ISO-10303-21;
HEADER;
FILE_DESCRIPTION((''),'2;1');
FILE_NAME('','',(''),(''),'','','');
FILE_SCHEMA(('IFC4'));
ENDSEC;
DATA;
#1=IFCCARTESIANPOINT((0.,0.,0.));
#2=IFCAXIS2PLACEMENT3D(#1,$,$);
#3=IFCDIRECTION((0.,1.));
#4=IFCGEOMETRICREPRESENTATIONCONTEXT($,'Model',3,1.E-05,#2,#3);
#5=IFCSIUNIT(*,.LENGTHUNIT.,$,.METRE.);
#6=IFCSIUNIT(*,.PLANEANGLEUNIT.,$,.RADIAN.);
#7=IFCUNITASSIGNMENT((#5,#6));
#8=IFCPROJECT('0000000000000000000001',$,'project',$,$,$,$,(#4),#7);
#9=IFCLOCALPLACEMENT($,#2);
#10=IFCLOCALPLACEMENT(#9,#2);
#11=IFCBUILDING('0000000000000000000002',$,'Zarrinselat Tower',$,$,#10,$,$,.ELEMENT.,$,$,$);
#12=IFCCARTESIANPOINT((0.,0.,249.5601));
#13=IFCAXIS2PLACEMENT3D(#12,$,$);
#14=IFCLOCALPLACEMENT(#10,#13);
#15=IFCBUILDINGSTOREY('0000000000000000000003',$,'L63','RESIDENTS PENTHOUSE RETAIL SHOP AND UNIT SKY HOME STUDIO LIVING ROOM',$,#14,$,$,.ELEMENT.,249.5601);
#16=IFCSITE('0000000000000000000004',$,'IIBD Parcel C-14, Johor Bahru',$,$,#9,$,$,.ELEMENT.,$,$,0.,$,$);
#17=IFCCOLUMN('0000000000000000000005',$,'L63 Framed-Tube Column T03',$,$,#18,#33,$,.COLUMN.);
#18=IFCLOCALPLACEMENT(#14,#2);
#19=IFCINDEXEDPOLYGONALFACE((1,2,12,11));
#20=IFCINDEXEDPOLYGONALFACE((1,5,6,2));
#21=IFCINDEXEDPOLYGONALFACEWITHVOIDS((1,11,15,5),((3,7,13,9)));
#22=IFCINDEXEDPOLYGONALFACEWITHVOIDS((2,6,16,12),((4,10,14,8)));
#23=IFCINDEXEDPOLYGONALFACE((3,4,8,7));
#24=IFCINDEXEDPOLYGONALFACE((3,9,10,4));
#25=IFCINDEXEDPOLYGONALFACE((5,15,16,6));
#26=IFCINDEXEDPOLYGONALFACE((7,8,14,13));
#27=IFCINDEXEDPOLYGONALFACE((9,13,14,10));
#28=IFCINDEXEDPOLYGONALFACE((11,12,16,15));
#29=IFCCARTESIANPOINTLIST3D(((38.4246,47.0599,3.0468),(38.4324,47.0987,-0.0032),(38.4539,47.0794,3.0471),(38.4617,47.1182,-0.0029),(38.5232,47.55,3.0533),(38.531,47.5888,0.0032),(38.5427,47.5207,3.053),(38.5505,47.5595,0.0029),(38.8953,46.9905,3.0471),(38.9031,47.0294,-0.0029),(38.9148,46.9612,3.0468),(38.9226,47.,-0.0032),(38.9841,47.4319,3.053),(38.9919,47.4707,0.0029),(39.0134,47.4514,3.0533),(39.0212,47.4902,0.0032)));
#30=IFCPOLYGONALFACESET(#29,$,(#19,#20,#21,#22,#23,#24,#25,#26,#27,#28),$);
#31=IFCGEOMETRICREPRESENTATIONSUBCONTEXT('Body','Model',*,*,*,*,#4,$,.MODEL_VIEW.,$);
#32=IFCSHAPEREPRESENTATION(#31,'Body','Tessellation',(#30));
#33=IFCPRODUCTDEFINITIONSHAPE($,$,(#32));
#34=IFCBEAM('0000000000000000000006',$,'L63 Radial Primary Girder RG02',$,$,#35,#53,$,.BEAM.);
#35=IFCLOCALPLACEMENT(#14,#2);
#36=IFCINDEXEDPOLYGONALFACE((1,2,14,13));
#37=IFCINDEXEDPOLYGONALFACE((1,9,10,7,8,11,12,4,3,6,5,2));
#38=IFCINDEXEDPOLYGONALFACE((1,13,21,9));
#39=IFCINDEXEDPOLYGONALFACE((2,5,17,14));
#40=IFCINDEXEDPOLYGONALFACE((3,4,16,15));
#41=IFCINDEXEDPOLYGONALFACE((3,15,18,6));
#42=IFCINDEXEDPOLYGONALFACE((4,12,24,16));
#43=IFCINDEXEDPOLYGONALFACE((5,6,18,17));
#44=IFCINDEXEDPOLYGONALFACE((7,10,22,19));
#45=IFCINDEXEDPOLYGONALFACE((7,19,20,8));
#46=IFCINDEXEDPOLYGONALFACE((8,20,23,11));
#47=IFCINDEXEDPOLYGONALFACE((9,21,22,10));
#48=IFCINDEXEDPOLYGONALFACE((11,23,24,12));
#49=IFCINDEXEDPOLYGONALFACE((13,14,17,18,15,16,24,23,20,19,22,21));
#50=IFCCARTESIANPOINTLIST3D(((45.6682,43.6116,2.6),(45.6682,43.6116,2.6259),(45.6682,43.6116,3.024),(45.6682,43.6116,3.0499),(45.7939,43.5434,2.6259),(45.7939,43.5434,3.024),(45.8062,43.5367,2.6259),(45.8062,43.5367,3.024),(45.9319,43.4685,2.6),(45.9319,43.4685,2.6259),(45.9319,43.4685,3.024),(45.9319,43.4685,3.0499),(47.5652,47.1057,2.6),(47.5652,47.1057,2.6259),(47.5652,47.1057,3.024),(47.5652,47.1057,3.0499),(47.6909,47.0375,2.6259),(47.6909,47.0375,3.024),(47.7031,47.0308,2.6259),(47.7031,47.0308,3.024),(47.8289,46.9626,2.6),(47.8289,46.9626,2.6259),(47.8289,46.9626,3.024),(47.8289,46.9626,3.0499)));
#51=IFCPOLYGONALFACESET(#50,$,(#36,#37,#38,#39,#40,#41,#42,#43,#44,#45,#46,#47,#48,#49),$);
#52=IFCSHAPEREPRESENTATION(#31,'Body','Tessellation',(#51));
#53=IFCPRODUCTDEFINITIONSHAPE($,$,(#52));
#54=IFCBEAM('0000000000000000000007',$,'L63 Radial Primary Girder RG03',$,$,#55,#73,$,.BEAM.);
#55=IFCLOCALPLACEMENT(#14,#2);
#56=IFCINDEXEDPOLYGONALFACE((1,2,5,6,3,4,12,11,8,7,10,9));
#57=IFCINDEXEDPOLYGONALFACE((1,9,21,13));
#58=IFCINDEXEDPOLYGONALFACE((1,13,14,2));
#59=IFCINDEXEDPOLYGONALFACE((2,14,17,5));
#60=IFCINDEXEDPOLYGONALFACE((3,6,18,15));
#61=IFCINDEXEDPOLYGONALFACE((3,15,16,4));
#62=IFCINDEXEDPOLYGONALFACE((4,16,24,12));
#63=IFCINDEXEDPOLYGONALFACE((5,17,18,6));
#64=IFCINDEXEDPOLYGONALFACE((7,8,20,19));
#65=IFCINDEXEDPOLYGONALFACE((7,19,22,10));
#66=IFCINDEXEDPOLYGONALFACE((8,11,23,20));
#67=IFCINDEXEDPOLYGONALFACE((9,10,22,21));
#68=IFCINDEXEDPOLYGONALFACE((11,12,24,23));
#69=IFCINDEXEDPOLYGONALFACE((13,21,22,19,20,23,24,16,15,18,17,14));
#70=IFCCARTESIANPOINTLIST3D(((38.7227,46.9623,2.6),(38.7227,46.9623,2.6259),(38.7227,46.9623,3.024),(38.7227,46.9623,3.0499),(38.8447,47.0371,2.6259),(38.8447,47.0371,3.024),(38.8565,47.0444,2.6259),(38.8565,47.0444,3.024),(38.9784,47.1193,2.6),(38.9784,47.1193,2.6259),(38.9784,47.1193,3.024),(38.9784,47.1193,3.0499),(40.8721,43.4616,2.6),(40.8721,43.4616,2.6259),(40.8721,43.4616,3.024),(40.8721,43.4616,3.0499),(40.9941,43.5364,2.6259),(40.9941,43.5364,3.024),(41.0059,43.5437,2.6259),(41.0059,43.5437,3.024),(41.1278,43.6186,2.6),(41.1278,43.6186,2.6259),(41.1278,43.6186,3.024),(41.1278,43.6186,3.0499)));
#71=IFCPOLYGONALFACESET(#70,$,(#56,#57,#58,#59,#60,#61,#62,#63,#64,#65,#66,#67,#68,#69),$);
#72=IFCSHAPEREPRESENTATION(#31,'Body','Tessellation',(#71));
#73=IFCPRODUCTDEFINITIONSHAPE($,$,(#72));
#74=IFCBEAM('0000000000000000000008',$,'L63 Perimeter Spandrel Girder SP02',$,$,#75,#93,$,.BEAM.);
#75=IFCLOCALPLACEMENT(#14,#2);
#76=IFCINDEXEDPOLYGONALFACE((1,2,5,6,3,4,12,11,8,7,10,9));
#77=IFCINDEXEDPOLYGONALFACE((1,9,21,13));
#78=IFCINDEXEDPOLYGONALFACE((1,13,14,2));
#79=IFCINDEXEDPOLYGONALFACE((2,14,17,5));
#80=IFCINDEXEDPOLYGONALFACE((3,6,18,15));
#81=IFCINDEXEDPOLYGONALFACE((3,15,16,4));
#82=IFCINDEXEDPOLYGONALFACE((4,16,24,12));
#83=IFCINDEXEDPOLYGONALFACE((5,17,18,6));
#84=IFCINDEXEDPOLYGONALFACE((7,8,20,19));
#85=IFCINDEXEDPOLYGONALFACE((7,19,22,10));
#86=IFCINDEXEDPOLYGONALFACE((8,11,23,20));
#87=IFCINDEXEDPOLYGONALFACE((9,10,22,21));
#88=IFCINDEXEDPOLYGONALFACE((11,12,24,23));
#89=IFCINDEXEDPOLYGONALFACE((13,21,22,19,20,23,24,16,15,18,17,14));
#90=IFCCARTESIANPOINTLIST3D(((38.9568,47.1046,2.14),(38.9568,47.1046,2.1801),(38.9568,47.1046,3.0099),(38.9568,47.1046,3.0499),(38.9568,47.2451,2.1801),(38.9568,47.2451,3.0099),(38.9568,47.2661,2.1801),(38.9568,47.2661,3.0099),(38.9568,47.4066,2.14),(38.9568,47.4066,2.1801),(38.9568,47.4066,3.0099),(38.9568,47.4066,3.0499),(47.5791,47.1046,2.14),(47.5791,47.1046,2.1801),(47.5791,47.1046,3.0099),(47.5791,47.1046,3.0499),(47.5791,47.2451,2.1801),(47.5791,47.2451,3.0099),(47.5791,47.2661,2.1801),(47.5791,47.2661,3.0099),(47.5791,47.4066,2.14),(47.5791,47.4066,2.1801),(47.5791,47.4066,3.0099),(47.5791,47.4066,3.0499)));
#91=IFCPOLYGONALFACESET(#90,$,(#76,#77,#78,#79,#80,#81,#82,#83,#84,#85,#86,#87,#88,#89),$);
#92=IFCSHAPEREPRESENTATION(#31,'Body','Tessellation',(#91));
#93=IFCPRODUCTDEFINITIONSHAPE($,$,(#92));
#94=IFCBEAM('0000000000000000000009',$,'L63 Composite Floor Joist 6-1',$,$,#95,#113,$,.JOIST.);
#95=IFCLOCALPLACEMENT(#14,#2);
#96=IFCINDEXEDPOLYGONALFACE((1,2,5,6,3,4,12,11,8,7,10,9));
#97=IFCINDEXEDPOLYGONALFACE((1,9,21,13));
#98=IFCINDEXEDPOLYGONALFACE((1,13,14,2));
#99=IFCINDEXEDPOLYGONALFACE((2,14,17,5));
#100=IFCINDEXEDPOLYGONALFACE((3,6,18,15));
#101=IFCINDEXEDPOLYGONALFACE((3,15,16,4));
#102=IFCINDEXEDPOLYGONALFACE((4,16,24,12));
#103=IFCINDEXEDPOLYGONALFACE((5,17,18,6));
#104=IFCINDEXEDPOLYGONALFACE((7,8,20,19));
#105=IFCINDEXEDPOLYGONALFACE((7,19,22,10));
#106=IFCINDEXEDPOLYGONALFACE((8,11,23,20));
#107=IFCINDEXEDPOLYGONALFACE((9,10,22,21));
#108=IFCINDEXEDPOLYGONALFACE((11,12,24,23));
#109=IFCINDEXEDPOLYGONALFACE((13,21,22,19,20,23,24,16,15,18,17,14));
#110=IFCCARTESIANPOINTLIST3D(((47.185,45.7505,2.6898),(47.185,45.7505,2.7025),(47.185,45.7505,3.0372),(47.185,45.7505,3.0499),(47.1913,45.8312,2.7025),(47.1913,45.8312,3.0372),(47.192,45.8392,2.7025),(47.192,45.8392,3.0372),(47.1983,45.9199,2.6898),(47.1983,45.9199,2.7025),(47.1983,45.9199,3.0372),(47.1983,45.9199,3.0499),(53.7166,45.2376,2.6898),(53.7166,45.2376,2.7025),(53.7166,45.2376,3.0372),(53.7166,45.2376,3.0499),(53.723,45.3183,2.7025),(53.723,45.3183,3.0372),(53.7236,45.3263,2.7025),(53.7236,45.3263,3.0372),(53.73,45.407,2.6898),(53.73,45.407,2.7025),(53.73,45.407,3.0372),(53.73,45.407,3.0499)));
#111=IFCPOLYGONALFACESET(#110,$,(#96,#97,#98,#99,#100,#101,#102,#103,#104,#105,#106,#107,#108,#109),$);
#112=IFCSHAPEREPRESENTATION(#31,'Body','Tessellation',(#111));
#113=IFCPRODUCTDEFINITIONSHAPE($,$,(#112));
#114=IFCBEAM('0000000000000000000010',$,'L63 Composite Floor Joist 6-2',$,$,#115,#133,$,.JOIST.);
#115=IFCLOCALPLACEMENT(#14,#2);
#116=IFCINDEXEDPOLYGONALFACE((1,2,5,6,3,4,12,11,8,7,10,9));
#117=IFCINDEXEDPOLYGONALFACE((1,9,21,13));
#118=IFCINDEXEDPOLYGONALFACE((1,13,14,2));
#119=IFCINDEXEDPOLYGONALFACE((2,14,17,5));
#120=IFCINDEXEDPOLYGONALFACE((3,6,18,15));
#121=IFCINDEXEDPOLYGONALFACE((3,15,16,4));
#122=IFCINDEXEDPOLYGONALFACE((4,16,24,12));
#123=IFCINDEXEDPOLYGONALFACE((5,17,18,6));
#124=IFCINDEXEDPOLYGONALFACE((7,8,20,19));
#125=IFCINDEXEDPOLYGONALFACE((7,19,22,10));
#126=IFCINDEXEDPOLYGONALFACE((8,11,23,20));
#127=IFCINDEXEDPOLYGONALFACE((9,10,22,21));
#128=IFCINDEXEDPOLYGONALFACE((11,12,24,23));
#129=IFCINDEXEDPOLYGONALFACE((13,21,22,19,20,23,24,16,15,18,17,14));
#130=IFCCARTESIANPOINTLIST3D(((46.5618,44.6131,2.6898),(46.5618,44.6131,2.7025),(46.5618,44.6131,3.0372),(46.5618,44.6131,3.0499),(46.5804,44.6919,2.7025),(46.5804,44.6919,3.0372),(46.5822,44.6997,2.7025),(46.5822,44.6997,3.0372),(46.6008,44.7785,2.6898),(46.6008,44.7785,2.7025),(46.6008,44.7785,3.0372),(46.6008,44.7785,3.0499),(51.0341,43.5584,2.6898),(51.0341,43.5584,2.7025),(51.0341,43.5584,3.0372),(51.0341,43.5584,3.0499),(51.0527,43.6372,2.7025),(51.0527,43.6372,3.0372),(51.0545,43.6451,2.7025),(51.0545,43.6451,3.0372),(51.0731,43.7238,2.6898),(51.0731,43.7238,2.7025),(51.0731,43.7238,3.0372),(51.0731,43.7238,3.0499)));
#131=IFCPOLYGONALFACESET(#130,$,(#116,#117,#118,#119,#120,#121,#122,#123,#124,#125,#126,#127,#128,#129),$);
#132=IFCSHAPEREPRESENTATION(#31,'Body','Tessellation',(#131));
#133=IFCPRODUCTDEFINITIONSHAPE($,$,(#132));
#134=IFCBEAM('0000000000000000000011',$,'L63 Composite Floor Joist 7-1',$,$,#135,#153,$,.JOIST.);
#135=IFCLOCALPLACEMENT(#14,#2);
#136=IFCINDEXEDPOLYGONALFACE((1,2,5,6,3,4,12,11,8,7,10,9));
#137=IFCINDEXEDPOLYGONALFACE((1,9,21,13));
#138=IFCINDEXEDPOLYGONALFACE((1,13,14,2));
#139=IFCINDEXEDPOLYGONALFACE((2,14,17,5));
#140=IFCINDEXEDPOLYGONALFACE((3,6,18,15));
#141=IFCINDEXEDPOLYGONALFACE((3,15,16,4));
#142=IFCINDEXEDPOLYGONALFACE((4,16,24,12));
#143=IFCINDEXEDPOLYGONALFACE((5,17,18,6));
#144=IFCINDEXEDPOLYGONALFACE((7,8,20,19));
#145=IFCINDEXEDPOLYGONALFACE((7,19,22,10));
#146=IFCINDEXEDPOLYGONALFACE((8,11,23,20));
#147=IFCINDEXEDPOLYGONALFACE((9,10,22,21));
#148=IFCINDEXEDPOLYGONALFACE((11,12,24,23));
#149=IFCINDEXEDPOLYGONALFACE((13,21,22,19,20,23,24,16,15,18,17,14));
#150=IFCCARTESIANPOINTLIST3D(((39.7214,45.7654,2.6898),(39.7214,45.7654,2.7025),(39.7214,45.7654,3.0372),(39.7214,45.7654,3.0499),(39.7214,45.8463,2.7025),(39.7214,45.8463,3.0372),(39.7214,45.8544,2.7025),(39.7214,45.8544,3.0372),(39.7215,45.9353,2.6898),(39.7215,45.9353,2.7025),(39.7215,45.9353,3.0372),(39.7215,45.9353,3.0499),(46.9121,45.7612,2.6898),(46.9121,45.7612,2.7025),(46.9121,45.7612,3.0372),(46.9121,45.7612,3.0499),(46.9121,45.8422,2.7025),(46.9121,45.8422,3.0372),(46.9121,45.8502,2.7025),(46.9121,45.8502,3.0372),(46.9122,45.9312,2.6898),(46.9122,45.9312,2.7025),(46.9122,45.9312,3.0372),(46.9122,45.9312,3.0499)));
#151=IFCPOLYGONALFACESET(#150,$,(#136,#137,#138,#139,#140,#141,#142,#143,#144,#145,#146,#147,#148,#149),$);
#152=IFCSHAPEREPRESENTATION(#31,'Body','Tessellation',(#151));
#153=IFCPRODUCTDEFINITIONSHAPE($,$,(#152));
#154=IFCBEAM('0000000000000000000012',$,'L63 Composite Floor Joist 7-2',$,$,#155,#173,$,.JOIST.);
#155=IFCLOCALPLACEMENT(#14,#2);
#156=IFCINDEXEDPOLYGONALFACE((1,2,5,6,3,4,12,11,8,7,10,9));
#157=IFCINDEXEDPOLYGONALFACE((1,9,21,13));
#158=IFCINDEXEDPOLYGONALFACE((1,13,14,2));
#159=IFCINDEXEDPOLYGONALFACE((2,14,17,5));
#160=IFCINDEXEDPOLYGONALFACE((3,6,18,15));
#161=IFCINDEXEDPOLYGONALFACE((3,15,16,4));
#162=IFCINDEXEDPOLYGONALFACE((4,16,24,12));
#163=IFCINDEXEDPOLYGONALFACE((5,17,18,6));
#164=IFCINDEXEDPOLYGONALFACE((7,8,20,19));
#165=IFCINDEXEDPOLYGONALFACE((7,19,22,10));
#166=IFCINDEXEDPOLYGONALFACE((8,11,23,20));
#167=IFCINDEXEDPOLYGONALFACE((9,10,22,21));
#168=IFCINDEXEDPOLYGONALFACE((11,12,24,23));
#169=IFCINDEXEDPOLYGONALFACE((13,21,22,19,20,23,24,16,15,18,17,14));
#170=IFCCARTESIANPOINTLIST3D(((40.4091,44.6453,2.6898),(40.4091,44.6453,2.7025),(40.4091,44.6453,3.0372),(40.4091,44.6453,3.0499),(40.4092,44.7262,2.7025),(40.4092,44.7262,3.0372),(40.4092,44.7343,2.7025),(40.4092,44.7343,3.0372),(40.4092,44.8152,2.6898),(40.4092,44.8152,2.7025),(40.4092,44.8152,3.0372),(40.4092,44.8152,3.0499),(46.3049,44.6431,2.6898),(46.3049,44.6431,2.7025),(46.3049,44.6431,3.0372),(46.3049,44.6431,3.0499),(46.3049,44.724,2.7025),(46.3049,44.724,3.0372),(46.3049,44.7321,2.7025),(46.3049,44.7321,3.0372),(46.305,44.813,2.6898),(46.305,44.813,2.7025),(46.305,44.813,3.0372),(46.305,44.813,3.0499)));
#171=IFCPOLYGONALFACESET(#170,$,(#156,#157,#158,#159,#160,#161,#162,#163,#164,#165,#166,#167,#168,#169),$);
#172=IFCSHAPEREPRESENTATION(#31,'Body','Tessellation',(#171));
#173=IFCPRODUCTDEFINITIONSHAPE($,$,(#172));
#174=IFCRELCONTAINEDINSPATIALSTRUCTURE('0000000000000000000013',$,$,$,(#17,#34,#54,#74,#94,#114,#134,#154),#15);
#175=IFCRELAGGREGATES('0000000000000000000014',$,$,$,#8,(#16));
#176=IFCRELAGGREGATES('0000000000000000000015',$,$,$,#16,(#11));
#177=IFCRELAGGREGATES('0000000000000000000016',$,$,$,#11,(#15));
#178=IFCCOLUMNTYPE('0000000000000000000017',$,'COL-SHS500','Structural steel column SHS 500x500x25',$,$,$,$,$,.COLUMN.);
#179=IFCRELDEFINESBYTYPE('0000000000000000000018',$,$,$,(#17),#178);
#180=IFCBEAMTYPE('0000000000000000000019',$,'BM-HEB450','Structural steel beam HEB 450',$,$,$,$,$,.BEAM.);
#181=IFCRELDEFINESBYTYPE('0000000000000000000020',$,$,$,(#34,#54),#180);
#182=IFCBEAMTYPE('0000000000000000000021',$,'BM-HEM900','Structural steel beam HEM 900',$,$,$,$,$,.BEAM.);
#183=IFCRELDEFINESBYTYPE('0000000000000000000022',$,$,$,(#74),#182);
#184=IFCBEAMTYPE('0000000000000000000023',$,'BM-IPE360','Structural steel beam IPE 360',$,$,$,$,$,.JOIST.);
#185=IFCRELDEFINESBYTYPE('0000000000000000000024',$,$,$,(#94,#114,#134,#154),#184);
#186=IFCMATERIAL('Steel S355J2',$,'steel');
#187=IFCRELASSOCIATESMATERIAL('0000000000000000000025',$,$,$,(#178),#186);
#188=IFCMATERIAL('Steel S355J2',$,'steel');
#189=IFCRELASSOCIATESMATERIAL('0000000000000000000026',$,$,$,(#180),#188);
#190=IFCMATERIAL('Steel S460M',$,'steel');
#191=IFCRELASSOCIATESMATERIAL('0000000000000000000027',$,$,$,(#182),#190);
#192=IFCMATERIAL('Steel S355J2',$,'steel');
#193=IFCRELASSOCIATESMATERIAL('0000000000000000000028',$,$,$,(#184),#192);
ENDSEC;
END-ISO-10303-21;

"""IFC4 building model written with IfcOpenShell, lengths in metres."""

from ifc_helpers import new_model, si_unit, direction, frame, origin, origin_2d, place, context, subcontext, project, spatial, hollow_rectangle, i_section, extrude, material, material_profile, profile_set, type_object, element, save


model = new_model("IFC4")

# Units and contexts
model_context = context("Model", 3, precision=1e-05, world=origin(), true_north=direction((0.0, 1.0)))
body_context = subcontext(model_context, "Body", "Model", "MODEL_VIEW")
ifc_project = project(units=[si_unit("LENGTHUNIT", "METRE"), si_unit("PLANEANGLEUNIT", "RADIAN")], contexts=[model_context])

# Site, building, storey
site_placement = place(None, origin())
site = spatial("IfcSite", under=ifc_project, at=site_placement, Name="IIBD Parcel C-14, Johor Bahru", CompositionType="ELEMENT", RefElevation=0.0)
building_placement = place(site_placement, origin())
building = spatial("IfcBuilding", under=site, at=building_placement, Name="Zarrinselat Tower", CompositionType="ELEMENT")
storey_placement = place(building_placement, frame((0.0, 0.0, 249.5601)))
storey = spatial("IfcBuildingStorey", under=building, at=storey_placement, Name="L63", Description="RESIDENTS PENTHOUSE RETAIL SHOP AND UNIT SKY HOME STUDIO LIVING ROOM", CompositionType="ELEMENT", Elevation=249.5601)

# Column
ifc_material_1 = material(Name="Steel S355J2", Category="steel")
ifc_material_profile_1 = material_profile(ifc_material_1, hollow_rectangle(XDim=0.5, YDim=0.5, WallThickness=0.0249, at=origin_2d()), Name="SHS 500x500x25")
ifc_profile_set_1 = profile_set([ifc_material_profile_1], Name="Steel S355J2")
column_type = type_object("IfcColumnType", Name="COL-SHS500", Description="Structural steel column SHS 500x500x25", PredefinedType="COLUMN", material=ifc_profile_set_1)
column_placement = place(storey_placement, frame((38.7268, 47.2944, 0.0), z_axis=(-0.002561, -0.012726, 0.999916), x_axis=(0.980343, -0.197302, 0.0)))
element("IfcColumn", 1, at=column_placement, inside=storey, type_object=column_type, Name="L63 Framed-Tube Column T03", PredefinedType="COLUMN", context=body_context, shape_type="SweptSolid", body=[
    extrude(hollow_rectangle(XDim=0.5, YDim=0.5, WallThickness=0.0249, at=origin_2d()), origin(), (0.0, 0.0, 1.0), 3.0503),
])

# Beams
ifc_material_2 = material(Name="Steel S355J2", Category="steel")
ifc_material_profile_2 = material_profile(ifc_material_2, i_section(OverallWidth=0.3, OverallDepth=0.45, WebThickness=0.0139, FlangeThickness=0.0259, at=origin_2d()), Name="HEB 450")
ifc_profile_set_2 = profile_set([ifc_material_profile_2], Name="Steel S355J2")
beam_type_1 = type_object("IfcBeamType", Name="BM-HEB450", Description="Structural steel beam HEB 450", PredefinedType="BEAM", material=ifc_profile_set_2)
beam_1_placement = place(storey_placement, frame((45.8, 43.54, 2.825), z_axis=(0.477122, 0.878837, 0.0), x_axis=(-0.878837, 0.477122, 0.0)))
element("IfcBeam", 2, at=beam_1_placement, inside=storey, type_object=beam_type_1, Name="L63 Radial Primary Girder RG02", PredefinedType="BEAM", context=body_context, shape_type="SweptSolid", body=[
    extrude(i_section(OverallWidth=0.3, OverallDepth=0.45, WebThickness=0.0139, FlangeThickness=0.0259, at=origin_2d()), origin(), (0.0, 0.0, 1.0), 3.9758),
])
beam_2_placement = place(storey_placement, frame((38.8506, 47.0408, 2.825), z_axis=(0.523235, -0.852188, 0.0), x_axis=(0.852188, 0.523235, 0.0)))
element("IfcBeam", 3, at=beam_2_placement, inside=storey, type_object=beam_type_1, Name="L63 Radial Primary Girder RG03", PredefinedType="BEAM", context=body_context, shape_type="SweptSolid", body=[
    extrude(i_section(OverallWidth=0.3, OverallDepth=0.45, WebThickness=0.0139, FlangeThickness=0.0259, at=origin_2d()), origin(), (0.0, 0.0, 1.0), 4.1079),
])
ifc_material_3 = material(Name="Steel S460M", Category="steel")
ifc_material_profile_3 = material_profile(ifc_material_3, i_section(OverallWidth=0.302, OverallDepth=0.9099, WebThickness=0.021, FlangeThickness=0.04, at=origin_2d()), Name="HEM 900")
ifc_profile_set_3 = profile_set([ifc_material_profile_3], Name="Steel S460M")
beam_type_2 = type_object("IfcBeamType", Name="BM-HEM900", Description="Structural steel beam HEM 900", PredefinedType="BEAM", material=ifc_profile_set_3)
beam_3_placement = place(storey_placement, frame((38.9568, 47.2556, 2.595), z_axis=(1.0, 0.0, 0.0), x_axis=(0.0, 1.0, 0.0)))
element("IfcBeam", 4, at=beam_3_placement, inside=storey, type_object=beam_type_2, Name="L63 Perimeter Spandrel Girder SP02", PredefinedType="BEAM", context=body_context, shape_type="SweptSolid", body=[
    extrude(i_section(OverallWidth=0.302, OverallDepth=0.9099, WebThickness=0.021, FlangeThickness=0.04, at=origin_2d()), origin(), (0.0, 0.0, 1.0), 8.6223),
])
ifc_material_4 = material(Name="Steel S355J2", Category="steel")
ifc_material_profile_4 = material_profile(ifc_material_4, i_section(OverallWidth=0.1699, OverallDepth=0.3601, WebThickness=0.0081, FlangeThickness=0.0127, at=origin_2d()), Name="IPE 360")
ifc_profile_set_4 = profile_set([ifc_material_profile_4], Name="Steel S355J2")
beam_type_3 = type_object("IfcBeamType", Name="BM-IPE360", Description="Structural steel beam IPE 360", PredefinedType="JOIST", material=ifc_profile_set_4)
beam_4_placement = place(storey_placement, frame((47.1917, 45.8352, 2.8699), z_axis=(0.996931, -0.078289, 0.0), x_axis=(0.078289, 0.996931, 0.0)))
element("IfcBeam", 5, at=beam_4_placement, inside=storey, type_object=beam_type_3, Name="L63 Composite Floor Joist 6-1", PredefinedType="JOIST", context=body_context, shape_type="SweptSolid", body=[
    extrude(i_section(OverallWidth=0.1699, OverallDepth=0.3601, WebThickness=0.0081, FlangeThickness=0.0127, at=origin_2d()), origin(), (0.0, 0.0, 1.0), 6.5518),
])
beam_5_placement = place(storey_placement, frame((46.5813, 44.6958, 2.8699), z_axis=(0.973303, -0.229525, 0.0), x_axis=(0.229525, 0.973303, 0.0)))
element("IfcBeam", 6, at=beam_5_placement, inside=storey, type_object=beam_type_3, Name="L63 Composite Floor Joist 6-2", PredefinedType="JOIST", context=body_context, shape_type="SweptSolid", body=[
    extrude(i_section(OverallWidth=0.1699, OverallDepth=0.3601, WebThickness=0.0081, FlangeThickness=0.0127, at=origin_2d()), origin(), (0.0, 0.0, 1.0), 4.595),
])
beam_6_placement = place(storey_placement, frame((39.7214, 45.8503, 2.8699), z_axis=(1.0, -0.000577, 0.0), x_axis=(0.000577, 1.0, 0.0)))
element("IfcBeam", 7, at=beam_6_placement, inside=storey, type_object=beam_type_3, Name="L63 Composite Floor Joist 7-1", PredefinedType="JOIST", context=body_context, shape_type="SweptSolid", body=[
    extrude(i_section(OverallWidth=0.1699, OverallDepth=0.3601, WebThickness=0.0081, FlangeThickness=0.0127, at=origin_2d()), origin(), (0.0, 0.0, 1.0), 7.1907),
])
beam_7_placement = place(storey_placement, frame((40.4092, 44.7302, 2.8699), z_axis=(1.0, -0.000373, 0.0), x_axis=(0.000373, 1.0, 0.0)))
element("IfcBeam", 8, at=beam_7_placement, inside=storey, type_object=beam_type_3, Name="L63 Composite Floor Joist 7-2", PredefinedType="JOIST", context=body_context, shape_type="SweptSolid", body=[
    extrude(i_section(OverallWidth=0.1699, OverallDepth=0.3601, WebThickness=0.0081, FlangeThickness=0.0127, at=origin_2d()), origin(), (0.0, 0.0, 1.0), 5.8958),
])

save(model, "model.ifc")
